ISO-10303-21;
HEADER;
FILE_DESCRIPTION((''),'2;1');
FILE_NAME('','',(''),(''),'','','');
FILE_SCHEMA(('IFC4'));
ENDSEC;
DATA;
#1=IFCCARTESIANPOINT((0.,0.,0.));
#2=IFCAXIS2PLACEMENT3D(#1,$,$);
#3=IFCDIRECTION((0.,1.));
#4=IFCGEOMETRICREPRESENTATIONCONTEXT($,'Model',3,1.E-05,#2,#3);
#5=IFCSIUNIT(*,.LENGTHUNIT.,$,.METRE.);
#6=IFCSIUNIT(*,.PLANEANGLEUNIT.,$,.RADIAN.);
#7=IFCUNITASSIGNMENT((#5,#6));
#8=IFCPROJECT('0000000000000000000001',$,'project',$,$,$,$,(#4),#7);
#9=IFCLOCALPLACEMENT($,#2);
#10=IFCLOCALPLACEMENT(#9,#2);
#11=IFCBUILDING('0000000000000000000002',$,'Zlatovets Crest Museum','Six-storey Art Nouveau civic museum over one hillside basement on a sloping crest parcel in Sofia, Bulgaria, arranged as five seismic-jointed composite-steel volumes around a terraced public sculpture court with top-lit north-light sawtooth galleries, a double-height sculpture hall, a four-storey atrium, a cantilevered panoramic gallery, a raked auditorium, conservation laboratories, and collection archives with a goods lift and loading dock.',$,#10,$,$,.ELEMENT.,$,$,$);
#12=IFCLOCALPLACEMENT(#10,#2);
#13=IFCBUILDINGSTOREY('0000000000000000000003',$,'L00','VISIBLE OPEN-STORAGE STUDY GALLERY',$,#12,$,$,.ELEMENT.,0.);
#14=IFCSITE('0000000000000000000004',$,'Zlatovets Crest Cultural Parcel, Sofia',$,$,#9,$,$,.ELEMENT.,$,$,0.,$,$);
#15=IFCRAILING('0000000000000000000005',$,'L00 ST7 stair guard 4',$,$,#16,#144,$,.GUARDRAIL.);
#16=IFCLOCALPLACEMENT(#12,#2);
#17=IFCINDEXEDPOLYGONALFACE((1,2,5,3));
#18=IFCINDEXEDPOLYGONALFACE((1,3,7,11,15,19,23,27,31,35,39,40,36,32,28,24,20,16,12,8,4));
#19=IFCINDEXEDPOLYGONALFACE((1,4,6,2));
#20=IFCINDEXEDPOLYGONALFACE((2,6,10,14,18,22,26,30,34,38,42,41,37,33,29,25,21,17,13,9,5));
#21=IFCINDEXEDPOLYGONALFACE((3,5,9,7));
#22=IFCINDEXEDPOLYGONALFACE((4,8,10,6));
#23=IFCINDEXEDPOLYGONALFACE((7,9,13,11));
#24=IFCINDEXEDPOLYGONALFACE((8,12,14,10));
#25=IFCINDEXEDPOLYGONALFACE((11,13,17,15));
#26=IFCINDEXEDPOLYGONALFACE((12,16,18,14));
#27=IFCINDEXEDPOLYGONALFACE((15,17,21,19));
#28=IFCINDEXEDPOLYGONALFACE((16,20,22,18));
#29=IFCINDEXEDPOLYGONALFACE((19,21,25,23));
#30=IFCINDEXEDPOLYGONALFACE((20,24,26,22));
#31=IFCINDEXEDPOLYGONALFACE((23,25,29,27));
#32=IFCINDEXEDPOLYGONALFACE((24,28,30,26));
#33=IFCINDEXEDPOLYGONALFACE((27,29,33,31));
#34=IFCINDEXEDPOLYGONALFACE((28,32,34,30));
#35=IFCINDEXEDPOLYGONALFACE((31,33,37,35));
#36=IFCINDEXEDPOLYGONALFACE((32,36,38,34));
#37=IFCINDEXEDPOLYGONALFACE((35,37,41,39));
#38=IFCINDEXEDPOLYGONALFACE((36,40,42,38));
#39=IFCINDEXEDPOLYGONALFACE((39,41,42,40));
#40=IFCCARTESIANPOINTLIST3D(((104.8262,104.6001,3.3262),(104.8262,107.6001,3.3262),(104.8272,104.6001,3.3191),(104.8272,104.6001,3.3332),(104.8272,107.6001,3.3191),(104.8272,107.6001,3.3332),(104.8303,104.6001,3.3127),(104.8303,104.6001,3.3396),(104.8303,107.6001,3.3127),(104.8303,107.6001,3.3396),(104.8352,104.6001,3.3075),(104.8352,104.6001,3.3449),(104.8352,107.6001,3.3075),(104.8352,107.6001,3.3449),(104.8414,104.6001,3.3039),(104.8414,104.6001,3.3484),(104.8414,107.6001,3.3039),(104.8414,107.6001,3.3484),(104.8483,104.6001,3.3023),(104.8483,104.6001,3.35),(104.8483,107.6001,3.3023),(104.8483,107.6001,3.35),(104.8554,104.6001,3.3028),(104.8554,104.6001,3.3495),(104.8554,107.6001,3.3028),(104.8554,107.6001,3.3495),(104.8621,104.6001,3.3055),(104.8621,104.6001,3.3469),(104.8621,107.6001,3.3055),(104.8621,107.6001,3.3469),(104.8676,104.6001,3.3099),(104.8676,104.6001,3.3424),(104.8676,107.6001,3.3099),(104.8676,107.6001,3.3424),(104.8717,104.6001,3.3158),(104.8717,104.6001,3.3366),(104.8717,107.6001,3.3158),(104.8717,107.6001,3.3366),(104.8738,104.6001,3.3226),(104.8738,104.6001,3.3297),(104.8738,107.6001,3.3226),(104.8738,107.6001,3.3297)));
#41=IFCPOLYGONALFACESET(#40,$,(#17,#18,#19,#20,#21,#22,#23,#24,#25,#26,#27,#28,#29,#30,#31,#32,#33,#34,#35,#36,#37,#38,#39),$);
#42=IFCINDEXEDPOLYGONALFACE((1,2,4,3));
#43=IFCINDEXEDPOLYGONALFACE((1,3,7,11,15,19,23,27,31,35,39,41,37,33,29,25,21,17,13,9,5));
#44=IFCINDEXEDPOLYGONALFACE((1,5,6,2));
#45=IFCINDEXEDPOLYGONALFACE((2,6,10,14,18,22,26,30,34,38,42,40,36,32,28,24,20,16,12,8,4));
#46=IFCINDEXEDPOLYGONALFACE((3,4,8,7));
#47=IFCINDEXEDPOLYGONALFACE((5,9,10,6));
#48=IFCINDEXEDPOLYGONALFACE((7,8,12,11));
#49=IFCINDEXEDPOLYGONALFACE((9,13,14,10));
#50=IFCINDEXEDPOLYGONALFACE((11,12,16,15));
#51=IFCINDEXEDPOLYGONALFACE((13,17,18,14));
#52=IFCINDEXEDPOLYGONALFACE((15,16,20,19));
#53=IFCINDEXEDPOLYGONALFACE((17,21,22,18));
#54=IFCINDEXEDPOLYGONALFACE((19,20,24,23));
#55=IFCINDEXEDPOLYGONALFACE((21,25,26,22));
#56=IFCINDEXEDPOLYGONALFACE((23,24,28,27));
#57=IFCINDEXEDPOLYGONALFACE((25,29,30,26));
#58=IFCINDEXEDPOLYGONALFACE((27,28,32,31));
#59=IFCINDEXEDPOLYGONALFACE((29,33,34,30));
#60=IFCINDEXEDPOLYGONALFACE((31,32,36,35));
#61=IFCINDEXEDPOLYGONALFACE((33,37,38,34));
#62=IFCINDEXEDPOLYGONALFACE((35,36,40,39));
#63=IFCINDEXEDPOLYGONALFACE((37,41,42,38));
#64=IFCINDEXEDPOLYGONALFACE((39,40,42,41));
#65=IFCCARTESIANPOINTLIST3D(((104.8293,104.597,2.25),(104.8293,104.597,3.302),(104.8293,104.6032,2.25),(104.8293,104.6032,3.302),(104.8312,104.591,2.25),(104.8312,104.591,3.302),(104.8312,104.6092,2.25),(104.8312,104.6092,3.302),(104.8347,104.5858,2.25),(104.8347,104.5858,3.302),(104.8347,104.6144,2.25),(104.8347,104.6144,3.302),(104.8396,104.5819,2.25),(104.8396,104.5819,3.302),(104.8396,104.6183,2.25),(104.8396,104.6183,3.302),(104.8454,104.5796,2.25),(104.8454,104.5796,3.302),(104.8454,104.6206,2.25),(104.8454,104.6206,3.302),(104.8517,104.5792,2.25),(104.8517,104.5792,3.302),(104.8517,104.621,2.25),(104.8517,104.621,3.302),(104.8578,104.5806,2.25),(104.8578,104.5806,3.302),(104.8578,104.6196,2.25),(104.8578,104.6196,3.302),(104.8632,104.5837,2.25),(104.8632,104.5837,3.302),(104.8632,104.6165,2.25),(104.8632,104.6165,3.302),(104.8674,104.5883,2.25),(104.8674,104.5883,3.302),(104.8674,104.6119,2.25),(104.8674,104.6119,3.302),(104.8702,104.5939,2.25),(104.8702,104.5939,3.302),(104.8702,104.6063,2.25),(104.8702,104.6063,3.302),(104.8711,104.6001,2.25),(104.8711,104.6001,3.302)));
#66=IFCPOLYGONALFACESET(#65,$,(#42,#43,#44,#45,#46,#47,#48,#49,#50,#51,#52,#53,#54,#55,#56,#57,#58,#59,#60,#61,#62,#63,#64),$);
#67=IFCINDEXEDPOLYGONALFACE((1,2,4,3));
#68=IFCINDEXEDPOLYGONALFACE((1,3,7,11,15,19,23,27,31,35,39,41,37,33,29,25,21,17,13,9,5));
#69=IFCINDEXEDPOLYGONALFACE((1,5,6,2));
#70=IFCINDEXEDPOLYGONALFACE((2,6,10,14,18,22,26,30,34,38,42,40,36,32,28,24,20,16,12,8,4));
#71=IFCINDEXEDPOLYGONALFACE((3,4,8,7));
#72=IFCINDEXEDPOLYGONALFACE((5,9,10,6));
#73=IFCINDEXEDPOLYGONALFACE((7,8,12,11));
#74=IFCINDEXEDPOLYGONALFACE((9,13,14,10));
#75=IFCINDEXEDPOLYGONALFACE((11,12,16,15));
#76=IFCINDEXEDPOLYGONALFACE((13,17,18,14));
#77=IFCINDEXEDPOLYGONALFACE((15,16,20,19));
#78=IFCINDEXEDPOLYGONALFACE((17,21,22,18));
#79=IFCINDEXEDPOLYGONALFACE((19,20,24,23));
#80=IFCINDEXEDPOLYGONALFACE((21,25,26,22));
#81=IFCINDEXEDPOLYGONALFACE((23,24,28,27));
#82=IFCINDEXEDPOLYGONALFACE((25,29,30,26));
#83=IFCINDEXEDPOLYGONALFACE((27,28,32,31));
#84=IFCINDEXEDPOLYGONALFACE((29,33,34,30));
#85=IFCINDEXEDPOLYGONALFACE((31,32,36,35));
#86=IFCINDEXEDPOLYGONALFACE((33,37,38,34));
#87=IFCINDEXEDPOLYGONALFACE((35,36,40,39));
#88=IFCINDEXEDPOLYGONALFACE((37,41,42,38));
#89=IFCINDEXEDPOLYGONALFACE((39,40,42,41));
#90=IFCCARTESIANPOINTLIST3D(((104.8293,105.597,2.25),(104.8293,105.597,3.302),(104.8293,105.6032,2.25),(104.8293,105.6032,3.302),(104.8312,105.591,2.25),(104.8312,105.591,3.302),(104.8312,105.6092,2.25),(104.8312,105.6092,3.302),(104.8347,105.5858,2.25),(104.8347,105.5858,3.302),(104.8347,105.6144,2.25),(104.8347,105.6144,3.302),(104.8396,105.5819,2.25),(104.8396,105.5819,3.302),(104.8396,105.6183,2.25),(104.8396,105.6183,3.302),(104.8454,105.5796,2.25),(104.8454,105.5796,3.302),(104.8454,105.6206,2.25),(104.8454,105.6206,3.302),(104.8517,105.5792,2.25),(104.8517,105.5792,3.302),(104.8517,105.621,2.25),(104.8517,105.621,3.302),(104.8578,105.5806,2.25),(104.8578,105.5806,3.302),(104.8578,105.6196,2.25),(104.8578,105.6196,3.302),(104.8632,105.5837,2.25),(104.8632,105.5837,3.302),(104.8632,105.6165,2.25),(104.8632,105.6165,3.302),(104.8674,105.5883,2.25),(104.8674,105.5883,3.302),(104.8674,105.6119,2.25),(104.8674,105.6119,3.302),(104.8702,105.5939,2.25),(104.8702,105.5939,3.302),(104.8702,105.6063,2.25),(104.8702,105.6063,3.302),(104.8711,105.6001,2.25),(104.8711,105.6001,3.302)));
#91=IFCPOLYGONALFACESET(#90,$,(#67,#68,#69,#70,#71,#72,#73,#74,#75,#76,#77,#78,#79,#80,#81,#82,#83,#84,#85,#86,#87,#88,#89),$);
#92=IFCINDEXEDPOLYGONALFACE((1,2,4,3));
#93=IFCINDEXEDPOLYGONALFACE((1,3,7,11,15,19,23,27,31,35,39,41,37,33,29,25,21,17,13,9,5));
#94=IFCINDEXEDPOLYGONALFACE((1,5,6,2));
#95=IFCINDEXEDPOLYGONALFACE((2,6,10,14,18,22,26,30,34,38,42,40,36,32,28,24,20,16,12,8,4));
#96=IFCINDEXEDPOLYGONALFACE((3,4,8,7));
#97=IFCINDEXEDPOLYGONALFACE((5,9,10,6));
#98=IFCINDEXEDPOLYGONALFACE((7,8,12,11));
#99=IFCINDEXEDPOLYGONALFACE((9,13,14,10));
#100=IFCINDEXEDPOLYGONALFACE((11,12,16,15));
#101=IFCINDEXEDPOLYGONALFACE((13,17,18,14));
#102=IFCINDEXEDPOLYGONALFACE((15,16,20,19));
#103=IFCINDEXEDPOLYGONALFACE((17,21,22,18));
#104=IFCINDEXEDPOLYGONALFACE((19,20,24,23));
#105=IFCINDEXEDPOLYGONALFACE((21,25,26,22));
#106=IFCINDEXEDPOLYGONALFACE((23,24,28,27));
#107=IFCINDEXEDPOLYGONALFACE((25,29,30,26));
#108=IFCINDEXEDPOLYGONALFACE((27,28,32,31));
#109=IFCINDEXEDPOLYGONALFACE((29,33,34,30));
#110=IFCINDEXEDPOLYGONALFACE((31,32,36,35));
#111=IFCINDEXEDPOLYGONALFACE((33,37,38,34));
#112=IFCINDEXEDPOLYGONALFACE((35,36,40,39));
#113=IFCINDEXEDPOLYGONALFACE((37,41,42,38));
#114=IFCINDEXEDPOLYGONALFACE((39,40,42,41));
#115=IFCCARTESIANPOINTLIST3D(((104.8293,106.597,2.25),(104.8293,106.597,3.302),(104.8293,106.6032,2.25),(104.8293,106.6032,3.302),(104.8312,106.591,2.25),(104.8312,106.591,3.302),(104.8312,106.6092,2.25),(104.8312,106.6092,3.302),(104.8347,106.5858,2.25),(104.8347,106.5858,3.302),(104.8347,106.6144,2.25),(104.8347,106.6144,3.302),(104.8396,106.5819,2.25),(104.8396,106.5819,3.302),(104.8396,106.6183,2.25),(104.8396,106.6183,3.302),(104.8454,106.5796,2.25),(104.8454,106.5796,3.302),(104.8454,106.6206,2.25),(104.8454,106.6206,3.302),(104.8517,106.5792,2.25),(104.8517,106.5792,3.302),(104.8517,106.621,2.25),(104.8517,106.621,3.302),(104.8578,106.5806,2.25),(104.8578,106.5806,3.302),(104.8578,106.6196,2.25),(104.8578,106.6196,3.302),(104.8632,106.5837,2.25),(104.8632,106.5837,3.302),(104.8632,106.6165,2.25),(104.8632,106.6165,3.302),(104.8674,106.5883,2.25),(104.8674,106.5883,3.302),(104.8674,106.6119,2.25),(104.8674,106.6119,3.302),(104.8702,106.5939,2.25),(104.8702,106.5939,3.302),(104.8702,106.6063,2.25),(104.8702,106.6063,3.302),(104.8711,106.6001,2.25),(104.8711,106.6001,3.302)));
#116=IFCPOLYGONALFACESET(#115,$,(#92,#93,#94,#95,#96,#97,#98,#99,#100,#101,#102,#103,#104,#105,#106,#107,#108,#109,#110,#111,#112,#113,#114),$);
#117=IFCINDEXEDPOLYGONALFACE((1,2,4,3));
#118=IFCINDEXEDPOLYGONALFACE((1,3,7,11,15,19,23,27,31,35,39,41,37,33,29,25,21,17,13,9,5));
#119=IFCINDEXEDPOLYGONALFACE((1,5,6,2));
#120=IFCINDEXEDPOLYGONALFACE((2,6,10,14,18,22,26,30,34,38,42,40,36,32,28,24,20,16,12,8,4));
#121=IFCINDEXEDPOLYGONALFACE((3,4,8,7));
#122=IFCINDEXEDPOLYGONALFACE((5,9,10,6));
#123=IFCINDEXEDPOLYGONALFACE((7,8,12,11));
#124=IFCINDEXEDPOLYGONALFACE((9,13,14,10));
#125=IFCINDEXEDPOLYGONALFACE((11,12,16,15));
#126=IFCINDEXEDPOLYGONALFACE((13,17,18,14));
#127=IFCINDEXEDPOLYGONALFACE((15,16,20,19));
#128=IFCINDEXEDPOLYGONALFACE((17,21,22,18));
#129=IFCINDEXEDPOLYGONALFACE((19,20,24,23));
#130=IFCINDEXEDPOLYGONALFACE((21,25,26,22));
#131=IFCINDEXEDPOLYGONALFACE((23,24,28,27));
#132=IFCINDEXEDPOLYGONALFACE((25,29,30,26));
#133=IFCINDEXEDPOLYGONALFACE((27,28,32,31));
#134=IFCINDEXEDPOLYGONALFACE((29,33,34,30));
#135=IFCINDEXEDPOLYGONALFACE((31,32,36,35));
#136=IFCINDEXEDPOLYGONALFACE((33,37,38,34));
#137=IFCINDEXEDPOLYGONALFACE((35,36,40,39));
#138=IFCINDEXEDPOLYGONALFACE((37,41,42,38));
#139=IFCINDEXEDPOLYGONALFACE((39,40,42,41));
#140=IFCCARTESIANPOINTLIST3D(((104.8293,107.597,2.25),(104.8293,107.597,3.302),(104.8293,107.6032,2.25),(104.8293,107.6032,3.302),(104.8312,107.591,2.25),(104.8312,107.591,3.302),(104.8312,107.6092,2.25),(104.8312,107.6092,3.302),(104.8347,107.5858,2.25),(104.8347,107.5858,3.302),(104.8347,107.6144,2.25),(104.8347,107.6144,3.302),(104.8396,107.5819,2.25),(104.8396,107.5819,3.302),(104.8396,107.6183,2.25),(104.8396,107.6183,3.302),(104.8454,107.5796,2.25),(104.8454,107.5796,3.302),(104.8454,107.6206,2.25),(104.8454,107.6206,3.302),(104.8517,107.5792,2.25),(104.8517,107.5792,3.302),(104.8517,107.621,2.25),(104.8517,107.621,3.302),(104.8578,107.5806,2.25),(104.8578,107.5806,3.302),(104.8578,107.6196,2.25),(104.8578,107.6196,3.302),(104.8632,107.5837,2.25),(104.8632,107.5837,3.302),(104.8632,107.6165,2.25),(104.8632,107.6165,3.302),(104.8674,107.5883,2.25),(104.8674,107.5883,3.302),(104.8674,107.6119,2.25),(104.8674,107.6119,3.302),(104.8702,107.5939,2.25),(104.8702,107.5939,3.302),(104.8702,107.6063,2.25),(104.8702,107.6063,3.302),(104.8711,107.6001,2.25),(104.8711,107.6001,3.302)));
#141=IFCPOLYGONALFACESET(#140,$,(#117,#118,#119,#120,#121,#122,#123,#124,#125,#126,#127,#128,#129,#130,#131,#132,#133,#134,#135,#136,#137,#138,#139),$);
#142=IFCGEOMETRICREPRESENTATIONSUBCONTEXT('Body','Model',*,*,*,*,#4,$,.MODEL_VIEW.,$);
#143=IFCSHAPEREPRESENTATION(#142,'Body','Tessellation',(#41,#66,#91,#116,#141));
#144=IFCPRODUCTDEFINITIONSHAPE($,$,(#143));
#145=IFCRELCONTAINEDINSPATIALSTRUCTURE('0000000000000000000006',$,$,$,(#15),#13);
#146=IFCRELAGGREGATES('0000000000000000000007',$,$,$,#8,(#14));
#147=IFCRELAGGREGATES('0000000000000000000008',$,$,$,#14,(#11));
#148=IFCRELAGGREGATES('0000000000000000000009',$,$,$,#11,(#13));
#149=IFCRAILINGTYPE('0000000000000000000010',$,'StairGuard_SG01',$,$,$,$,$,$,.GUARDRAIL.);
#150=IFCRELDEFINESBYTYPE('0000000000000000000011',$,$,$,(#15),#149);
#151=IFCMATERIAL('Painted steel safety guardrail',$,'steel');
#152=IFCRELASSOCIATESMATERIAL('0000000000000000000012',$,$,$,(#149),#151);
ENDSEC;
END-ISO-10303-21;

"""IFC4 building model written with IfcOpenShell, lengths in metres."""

from ifc_helpers import new_model, si_unit, direction, frame, origin, origin_2d, place, context, subcontext, project, spatial, circle, extrude, material, type_object, element, save


model = new_model("IFC4")

# Units and contexts
model_context = context("Model", 3, precision=1e-05, world=origin(), true_north=direction((0.0, 1.0)))
body_context = subcontext(model_context, "Body", "Model", "MODEL_VIEW")
ifc_project = project(units=[si_unit("LENGTHUNIT", "METRE"), si_unit("PLANEANGLEUNIT", "RADIAN")], contexts=[model_context])

# Site, building, storey
site_placement = place(None, origin())
site = spatial("IfcSite", under=ifc_project, at=site_placement, Name="Zlatovets Crest Cultural Parcel, Sofia", CompositionType="ELEMENT", RefElevation=0.0)
building_placement = place(site_placement, origin())
building = spatial("IfcBuilding", under=site, at=building_placement, Name="Zlatovets Crest Museum", Description="Six-storey Art Nouveau civic museum over one hillside basement on a sloping crest parcel in Sofia, Bulgaria, arranged as five seismic-jointed composite-steel volumes around a terraced public sculpture court with top-lit north-light sawtooth galleries, a double-height sculpture hall, a four-storey atrium, a cantilevered panoramic gallery, a raked auditorium, conservation laboratories, and collection archives with a goods lift and loading dock.", CompositionType="ELEMENT")
storey_placement = place(building_placement, origin())
storey = spatial("IfcBuildingStorey", under=building, at=storey_placement, Name="L00", Description="VISIBLE OPEN-STORAGE STUDY GALLERY", CompositionType="ELEMENT", Elevation=0.0)

# Railing
ifc_material_1 = material(Name="Painted steel safety guardrail", Category="steel")
railing_type_1 = type_object("IfcRailingType", Name="StairGuard_SG01", PredefinedType="GUARDRAIL", material=ifc_material_1)
for number, where, name in (
    (1, (104.8501, 104.6001, 2.25), "L00 ST7 stair guard 4"),
):
    element("IfcRailing", number, at=place(storey_placement, frame(where)), inside=storey, type_object=railing_type_1, Name=name, PredefinedType="GUARDRAIL", context=body_context, shape_type="SweptSolid", body=[
        extrude(circle(Radius=0.0239, at=origin_2d()), frame((0.0, 0.0, 1.0762), z_axis=(0.0, 1.0, 0.0), x_axis=(-1.0, 0.0, 0.0)), (0.0, 0.0, 1.0), 3.0),
        extrude(circle(Radius=0.021, at=origin_2d()), origin(), (0.0, 0.0, 1.0), 1.052),
        extrude(circle(Radius=0.021, at=origin_2d()), frame((0.0, 1.0, 0.0)), (0.0, 0.0, 1.0), 1.052),
        extrude(circle(Radius=0.021, at=origin_2d()), frame((0.0, 2.0, 0.0)), (0.0, 0.0, 1.0), 1.052),
        extrude(circle(Radius=0.021, at=origin_2d()), frame((0.0, 3.0, 0.0)), (0.0, 0.0, 1.0), 1.052),
    ])

save(model, "model.ifc")
